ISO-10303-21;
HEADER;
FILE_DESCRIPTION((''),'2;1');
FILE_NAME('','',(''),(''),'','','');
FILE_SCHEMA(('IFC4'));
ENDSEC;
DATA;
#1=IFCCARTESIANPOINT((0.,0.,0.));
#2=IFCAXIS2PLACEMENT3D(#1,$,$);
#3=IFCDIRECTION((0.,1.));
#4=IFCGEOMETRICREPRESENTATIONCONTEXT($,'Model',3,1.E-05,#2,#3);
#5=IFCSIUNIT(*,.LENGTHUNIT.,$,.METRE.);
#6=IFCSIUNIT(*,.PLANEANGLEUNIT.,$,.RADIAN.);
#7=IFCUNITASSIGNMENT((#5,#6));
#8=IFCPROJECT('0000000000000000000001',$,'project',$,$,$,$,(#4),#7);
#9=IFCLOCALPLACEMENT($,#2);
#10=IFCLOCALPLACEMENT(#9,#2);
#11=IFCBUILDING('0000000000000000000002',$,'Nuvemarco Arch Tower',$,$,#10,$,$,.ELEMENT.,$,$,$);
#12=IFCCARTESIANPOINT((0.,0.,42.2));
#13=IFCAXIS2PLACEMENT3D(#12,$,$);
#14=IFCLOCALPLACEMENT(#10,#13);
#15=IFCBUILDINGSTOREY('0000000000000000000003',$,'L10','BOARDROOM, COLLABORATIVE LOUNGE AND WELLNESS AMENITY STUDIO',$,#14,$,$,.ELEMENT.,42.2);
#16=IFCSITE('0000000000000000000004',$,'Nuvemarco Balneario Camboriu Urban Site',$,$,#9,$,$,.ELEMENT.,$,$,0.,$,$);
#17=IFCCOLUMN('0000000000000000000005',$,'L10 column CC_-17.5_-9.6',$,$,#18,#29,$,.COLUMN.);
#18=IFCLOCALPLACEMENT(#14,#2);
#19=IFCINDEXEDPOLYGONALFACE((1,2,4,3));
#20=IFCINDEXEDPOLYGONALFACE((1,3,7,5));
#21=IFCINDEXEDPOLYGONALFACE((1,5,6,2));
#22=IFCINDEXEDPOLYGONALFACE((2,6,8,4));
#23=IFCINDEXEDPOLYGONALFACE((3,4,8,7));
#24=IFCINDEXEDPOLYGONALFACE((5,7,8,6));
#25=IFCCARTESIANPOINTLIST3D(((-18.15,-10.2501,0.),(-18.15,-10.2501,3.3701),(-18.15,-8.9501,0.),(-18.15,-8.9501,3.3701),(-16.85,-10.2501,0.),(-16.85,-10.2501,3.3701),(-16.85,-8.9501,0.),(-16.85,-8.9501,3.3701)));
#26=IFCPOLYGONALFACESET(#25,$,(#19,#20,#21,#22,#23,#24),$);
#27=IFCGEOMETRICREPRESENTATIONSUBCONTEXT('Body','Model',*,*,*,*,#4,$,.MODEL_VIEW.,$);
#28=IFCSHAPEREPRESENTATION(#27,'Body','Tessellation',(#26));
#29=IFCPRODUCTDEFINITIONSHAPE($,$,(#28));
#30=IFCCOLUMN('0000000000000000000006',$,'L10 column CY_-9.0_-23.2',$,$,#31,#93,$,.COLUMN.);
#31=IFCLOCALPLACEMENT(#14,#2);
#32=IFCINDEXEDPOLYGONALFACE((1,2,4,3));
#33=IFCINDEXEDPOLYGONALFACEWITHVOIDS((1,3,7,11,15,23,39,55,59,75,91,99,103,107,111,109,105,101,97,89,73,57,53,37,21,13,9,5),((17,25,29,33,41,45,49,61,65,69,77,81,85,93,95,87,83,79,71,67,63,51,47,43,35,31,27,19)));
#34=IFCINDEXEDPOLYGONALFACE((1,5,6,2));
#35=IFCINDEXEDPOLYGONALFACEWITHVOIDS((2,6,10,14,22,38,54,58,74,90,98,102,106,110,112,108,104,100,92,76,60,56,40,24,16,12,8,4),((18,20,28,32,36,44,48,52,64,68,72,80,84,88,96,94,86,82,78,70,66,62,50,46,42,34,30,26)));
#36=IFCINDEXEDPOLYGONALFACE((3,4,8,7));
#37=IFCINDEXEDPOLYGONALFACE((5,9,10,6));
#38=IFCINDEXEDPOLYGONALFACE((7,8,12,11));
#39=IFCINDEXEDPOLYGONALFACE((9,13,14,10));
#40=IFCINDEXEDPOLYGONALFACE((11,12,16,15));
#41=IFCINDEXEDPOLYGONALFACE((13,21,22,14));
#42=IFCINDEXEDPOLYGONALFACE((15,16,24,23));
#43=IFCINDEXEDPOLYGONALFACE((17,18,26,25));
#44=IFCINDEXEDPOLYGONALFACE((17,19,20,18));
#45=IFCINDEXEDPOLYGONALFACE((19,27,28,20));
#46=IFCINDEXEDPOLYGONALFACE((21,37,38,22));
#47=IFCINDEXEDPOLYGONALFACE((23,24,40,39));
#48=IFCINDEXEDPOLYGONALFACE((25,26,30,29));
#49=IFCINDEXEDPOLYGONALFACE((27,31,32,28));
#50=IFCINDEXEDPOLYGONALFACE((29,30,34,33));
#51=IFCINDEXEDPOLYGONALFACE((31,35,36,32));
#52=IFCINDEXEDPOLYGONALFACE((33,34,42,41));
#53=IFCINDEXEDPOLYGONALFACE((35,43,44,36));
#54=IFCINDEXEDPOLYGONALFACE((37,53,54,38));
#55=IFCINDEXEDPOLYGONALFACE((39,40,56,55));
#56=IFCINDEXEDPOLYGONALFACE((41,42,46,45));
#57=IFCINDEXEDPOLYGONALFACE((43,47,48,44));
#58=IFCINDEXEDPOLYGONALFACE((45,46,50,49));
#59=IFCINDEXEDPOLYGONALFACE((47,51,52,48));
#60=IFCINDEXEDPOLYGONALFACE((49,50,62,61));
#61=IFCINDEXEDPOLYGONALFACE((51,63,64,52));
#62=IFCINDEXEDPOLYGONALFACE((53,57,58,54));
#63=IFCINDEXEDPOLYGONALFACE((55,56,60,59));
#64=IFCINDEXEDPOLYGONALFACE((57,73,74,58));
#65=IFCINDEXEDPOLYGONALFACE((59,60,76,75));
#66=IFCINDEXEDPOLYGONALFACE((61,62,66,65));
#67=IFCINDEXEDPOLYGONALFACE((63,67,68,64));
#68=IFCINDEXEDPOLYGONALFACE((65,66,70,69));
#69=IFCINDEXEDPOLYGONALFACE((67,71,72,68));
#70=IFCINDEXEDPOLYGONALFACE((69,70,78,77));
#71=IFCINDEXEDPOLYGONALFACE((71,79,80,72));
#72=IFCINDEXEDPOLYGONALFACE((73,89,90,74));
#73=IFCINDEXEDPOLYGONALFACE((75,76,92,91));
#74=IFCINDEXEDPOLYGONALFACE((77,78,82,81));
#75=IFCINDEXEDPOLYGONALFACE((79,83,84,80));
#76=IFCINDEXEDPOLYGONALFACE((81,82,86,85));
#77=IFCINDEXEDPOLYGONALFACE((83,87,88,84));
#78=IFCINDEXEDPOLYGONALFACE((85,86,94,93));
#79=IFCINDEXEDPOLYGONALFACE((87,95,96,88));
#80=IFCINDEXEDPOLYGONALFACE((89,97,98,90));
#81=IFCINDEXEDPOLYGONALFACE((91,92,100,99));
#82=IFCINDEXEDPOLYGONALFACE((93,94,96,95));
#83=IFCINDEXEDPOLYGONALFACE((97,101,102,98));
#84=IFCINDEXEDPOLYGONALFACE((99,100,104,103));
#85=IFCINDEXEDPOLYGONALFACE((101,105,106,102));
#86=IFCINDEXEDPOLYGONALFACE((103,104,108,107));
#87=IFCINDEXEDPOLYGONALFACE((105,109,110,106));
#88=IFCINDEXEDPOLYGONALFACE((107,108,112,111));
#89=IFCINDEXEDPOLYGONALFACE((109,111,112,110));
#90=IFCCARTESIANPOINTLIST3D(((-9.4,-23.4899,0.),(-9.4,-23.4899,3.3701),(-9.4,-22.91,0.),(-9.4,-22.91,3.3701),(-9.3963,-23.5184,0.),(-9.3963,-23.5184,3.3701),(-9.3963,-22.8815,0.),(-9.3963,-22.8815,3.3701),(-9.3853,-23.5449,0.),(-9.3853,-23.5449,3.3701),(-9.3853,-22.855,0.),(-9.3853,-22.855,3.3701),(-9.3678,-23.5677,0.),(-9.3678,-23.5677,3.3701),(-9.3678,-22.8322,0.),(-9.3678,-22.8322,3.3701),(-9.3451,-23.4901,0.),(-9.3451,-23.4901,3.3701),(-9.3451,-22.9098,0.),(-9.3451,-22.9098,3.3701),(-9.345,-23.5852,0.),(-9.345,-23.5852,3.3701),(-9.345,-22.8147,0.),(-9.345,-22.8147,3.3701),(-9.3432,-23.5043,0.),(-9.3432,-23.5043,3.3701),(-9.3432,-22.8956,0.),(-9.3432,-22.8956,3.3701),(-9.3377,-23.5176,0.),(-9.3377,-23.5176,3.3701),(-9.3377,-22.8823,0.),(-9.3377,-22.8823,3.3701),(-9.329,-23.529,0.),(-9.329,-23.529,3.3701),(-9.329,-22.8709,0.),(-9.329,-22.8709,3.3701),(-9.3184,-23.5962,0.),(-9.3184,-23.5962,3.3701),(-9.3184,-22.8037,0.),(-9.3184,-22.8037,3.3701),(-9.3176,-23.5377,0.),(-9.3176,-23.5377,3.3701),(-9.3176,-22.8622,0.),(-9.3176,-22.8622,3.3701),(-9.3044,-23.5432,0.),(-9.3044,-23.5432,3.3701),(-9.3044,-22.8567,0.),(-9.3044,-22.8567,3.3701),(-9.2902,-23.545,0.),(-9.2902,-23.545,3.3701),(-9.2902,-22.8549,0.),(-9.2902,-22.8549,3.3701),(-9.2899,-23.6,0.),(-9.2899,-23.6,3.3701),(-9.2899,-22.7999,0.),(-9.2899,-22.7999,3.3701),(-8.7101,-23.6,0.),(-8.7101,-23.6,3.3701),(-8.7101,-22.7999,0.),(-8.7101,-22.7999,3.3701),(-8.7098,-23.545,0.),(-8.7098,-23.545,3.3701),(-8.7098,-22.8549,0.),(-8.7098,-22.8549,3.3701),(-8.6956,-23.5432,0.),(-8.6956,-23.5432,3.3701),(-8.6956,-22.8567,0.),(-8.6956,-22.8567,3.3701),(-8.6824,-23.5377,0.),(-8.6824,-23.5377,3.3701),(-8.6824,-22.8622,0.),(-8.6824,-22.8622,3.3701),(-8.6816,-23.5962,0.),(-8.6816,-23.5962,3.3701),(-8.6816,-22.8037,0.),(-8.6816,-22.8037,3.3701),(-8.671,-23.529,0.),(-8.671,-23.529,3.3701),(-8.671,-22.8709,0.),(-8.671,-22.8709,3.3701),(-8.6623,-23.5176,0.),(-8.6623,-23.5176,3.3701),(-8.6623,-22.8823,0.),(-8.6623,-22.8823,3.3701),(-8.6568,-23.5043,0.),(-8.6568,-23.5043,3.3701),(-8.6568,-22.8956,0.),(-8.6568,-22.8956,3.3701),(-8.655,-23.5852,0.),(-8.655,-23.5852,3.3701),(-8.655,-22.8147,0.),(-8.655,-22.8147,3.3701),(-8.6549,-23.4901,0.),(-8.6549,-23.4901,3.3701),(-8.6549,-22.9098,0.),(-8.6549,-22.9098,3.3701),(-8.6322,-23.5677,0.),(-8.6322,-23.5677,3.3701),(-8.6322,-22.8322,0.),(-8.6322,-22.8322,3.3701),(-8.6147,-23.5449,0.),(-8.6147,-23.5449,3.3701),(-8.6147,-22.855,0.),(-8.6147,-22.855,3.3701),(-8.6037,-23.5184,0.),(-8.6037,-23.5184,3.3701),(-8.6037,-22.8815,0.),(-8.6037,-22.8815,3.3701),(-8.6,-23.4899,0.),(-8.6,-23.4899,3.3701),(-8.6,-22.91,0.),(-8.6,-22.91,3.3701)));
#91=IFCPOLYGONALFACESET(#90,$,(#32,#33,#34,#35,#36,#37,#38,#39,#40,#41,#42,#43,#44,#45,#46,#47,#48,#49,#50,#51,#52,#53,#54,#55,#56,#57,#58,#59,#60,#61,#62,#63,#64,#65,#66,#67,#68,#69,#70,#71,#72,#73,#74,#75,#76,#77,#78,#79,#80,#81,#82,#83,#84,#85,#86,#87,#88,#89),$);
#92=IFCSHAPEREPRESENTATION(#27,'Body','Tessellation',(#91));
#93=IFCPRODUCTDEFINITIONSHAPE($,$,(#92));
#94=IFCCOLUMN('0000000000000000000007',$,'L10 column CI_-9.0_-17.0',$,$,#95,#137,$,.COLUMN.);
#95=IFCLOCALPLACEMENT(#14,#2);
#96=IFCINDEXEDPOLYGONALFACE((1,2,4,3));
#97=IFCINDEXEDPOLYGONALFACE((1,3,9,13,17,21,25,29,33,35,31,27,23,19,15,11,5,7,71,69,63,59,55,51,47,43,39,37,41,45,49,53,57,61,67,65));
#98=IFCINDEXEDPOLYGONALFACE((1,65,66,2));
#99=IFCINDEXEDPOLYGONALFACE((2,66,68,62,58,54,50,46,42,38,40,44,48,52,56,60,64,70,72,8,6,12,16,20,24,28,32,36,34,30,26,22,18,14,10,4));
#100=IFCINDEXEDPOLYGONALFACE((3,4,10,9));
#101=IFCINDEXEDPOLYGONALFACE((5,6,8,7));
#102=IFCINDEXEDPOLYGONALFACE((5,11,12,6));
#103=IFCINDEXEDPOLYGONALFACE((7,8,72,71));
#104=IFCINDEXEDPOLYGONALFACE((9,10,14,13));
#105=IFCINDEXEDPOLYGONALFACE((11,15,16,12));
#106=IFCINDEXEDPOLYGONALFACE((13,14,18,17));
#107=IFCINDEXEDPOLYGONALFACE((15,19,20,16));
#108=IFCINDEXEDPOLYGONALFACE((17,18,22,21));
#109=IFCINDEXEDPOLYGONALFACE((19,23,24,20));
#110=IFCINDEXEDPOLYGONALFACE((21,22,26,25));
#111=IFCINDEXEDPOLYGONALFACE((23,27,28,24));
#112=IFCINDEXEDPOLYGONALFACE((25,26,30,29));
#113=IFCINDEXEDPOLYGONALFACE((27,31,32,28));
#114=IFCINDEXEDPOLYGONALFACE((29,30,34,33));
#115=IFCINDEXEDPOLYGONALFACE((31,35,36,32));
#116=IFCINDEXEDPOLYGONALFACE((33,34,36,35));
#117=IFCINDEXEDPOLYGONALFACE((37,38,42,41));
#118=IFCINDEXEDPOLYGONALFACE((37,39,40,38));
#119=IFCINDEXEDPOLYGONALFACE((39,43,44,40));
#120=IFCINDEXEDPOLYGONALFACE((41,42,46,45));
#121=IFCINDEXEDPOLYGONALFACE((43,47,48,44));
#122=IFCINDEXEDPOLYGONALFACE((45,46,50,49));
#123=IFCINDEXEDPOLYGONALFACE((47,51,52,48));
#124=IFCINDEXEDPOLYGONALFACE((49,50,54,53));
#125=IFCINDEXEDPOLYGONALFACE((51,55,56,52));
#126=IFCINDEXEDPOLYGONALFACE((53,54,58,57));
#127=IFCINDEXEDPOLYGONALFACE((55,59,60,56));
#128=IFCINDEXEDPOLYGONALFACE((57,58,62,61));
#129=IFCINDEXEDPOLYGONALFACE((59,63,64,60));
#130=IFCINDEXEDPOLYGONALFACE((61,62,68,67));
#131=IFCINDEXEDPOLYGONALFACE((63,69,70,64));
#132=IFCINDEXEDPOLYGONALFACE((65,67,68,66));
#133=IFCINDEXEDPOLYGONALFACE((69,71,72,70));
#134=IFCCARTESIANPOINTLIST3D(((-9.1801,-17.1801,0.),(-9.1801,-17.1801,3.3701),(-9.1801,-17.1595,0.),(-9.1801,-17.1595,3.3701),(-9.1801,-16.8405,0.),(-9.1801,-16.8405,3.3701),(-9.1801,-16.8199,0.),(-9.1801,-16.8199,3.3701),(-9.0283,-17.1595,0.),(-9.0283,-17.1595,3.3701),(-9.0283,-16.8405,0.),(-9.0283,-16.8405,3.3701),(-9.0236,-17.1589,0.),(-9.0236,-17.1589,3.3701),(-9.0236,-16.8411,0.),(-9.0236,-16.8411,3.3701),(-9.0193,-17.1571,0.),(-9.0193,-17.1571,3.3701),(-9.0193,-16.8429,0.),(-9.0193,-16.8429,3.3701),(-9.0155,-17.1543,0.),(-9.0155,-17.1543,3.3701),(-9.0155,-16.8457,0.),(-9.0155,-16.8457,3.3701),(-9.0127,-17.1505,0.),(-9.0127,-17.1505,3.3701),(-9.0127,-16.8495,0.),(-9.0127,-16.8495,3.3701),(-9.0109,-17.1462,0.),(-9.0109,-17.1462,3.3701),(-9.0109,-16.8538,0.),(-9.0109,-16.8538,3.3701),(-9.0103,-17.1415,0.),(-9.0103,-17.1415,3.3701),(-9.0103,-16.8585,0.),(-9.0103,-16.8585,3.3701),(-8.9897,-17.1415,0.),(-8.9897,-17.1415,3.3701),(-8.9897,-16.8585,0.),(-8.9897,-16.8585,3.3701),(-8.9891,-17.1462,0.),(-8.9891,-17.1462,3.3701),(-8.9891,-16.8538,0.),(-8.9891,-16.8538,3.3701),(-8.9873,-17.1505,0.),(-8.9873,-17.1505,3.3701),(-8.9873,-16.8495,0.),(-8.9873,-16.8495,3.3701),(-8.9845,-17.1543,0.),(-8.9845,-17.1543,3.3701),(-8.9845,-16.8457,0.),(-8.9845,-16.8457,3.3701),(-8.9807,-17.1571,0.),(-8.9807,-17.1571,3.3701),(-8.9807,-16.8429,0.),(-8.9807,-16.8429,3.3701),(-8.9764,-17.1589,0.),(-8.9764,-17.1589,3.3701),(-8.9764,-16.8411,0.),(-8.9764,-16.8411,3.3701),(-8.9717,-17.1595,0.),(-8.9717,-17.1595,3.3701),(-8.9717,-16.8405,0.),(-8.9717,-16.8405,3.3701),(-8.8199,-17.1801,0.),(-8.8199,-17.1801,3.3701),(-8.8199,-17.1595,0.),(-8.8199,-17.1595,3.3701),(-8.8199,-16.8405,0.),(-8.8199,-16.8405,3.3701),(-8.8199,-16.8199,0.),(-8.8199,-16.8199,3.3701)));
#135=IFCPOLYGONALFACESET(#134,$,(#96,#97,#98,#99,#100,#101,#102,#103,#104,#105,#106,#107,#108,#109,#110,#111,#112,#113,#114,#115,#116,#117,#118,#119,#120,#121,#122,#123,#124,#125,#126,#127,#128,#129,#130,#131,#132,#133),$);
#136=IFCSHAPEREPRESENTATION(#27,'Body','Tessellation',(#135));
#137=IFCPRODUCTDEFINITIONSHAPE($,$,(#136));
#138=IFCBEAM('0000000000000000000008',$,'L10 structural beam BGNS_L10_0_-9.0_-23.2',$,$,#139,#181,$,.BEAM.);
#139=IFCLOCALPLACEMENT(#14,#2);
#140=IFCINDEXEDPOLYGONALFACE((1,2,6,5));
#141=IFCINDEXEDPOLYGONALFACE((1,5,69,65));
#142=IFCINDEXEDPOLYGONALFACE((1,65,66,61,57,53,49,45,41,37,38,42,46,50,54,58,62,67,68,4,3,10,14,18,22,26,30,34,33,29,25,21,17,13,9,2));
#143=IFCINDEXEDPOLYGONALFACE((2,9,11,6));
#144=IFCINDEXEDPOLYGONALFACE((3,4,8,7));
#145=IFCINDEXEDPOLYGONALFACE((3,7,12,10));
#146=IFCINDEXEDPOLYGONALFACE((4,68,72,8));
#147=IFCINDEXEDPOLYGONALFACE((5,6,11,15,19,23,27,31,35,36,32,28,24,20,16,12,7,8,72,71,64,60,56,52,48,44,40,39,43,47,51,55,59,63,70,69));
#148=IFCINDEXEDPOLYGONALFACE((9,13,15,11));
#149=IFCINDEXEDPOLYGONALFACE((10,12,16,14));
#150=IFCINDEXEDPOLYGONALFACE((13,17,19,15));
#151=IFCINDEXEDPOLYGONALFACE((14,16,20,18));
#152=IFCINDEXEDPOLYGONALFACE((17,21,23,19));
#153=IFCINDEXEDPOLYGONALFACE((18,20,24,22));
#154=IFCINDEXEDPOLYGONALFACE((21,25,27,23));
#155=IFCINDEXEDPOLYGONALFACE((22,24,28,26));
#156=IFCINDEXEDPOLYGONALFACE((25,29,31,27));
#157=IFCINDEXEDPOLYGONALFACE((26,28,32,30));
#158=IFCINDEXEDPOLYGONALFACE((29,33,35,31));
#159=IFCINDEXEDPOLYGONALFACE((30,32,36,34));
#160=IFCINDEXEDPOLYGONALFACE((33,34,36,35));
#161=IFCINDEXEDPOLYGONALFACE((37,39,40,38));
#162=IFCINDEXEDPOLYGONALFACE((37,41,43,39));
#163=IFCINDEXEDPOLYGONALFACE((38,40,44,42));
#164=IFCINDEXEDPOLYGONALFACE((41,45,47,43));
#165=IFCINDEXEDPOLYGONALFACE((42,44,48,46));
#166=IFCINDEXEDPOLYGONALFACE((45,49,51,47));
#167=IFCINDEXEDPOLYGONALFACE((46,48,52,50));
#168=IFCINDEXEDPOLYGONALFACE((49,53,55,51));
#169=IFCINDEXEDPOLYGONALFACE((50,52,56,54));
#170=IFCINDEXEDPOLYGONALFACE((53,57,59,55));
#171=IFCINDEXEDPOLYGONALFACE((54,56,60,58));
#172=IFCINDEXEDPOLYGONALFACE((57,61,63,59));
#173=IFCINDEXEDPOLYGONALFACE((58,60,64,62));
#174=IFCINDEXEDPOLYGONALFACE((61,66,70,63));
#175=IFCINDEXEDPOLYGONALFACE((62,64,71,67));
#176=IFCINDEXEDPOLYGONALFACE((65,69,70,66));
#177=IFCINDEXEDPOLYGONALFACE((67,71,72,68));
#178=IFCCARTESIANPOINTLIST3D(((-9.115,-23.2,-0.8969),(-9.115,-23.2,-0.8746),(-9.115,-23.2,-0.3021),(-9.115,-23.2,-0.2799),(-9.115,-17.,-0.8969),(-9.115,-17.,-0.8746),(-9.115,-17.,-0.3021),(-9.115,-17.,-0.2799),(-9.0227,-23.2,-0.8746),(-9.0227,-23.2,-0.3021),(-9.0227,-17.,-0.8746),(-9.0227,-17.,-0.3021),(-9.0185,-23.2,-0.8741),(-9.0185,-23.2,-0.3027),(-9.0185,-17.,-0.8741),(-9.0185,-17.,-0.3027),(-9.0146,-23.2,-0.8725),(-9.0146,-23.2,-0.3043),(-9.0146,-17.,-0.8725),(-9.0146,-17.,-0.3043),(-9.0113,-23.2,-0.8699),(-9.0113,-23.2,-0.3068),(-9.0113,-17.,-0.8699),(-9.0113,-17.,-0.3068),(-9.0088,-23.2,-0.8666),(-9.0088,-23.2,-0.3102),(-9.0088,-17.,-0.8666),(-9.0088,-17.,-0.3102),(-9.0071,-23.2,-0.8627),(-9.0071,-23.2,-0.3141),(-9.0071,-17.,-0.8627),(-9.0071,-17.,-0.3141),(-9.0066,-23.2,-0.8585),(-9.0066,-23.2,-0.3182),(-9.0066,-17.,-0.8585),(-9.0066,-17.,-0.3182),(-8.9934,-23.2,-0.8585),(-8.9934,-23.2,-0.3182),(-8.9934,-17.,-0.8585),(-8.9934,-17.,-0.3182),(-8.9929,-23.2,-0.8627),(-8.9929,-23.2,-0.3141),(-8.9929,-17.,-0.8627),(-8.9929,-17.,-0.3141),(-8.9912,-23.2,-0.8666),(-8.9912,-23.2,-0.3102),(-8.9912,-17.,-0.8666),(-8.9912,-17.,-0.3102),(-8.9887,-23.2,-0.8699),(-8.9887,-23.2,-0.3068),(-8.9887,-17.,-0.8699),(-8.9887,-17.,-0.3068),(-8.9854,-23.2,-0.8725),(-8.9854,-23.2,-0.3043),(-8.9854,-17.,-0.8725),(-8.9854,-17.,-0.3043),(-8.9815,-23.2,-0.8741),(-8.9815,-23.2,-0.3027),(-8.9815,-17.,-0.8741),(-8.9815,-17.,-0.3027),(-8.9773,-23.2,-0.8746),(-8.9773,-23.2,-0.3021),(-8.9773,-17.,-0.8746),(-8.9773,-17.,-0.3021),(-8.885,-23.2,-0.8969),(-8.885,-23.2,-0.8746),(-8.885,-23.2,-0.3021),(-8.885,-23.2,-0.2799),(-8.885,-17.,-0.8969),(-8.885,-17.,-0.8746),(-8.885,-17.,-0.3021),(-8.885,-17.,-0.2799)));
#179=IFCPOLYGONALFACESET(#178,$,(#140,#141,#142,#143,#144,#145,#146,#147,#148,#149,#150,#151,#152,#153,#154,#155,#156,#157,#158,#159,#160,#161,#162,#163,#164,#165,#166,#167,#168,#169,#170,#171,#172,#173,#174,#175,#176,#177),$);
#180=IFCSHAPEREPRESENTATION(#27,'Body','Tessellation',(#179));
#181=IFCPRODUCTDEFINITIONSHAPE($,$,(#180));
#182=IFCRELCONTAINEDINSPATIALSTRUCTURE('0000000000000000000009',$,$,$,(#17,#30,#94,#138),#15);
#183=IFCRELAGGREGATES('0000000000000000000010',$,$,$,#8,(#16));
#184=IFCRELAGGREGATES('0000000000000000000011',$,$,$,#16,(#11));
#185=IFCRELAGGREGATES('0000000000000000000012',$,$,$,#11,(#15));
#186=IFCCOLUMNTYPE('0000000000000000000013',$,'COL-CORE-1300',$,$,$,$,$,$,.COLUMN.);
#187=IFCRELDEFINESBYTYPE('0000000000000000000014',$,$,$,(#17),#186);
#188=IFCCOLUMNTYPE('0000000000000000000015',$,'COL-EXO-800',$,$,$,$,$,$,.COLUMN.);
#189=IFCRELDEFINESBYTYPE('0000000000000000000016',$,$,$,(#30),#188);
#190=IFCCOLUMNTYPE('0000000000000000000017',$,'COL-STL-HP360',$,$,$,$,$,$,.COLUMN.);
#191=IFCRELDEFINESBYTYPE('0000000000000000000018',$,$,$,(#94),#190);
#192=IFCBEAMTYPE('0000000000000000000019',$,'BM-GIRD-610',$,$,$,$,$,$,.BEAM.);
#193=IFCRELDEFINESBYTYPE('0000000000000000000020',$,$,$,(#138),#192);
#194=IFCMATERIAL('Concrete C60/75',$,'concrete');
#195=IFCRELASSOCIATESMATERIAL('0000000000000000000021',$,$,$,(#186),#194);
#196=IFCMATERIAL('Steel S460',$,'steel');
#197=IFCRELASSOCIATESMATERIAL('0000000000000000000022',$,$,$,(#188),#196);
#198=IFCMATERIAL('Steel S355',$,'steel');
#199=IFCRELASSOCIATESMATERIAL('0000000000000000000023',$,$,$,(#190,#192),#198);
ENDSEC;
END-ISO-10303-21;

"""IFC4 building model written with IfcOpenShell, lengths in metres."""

from ifc_helpers import new_model, si_unit, direction, frame, origin, origin_2d, place, context, subcontext, project, spatial, rectangle, hollow_rectangle, i_section, extrude, material, material_profile, profile_set, type_object, element, save


model = new_model("IFC4")

# Units and contexts
model_context = context("Model", 3, precision=1e-05, world=origin(), true_north=direction((0.0, 1.0)))
body_context = subcontext(model_context, "Body", "Model", "MODEL_VIEW")
ifc_project = project(units=[si_unit("LENGTHUNIT", "METRE"), si_unit("PLANEANGLEUNIT", "RADIAN")], contexts=[model_context])

# Site, building, storey
site_placement = place(None, origin())
site = spatial("IfcSite", under=ifc_project, at=site_placement, Name="Nuvemarco Balneario Camboriu Urban Site", CompositionType="ELEMENT", RefElevation=0.0)
building_placement = place(site_placement, origin())
building = spatial("IfcBuilding", under=site, at=building_placement, Name="Nuvemarco Arch Tower", CompositionType="ELEMENT")
storey_placement = place(building_placement, frame((0.0, 0.0, 42.2)))
storey = spatial("IfcBuildingStorey", under=building, at=storey_placement, Name="L10", Description="BOARDROOM, COLLABORATIVE LOUNGE AND WELLNESS AMENITY STUDIO", CompositionType="ELEMENT", Elevation=42.2)

# Columns
ifc_material_1 = material(Name="Concrete C60/75", Category="concrete")
ifc_material_profile_1 = material_profile(ifc_material_1, rectangle(XDim=1.3, YDim=1.3, at=origin_2d()), Name="RC-COL-1300x1300")
ifc_profile_set_1 = profile_set([ifc_material_profile_1], Name="Concrete C60/75")
column_type_1 = type_object("IfcColumnType", Name="COL-CORE-1300", PredefinedType="COLUMN", material=ifc_profile_set_1)
column_1_placement = place(storey_placement, frame((-17.5, -9.6001, 0.0), z_axis=(0.0, 0.0, 1.0), x_axis=(1.0, 0.0, 0.0)))
element("IfcColumn", 1, at=column_1_placement, inside=storey, type_object=column_type_1, Name="L10 column CC_-17.5_-9.6", PredefinedType="COLUMN", context=body_context, shape_type="SweptSolid", body=[
    extrude(rectangle(XDim=1.3, YDim=1.3, at=origin_2d()), origin(), (0.0, 0.0, 1.0), 3.3701),
])
ifc_material_2 = material(Name="Steel S460", Category="steel")
ifc_material_profile_2 = material_profile(ifc_material_2, hollow_rectangle(XDim=0.8, YDim=0.8, WallThickness=0.0549, InnerFilletRadius=0.0549, OuterFilletRadius=0.1101, at=origin_2d()), Name="SHS800x800x55")
ifc_profile_set_2 = profile_set([ifc_material_profile_2], Name="Steel S460")
column_type_2 = type_object("IfcColumnType", Name="COL-EXO-800", PredefinedType="COLUMN", material=ifc_profile_set_2)
column_2_placement = place(storey_placement, frame((-9.0, -23.2, 0.0), z_axis=(0.0, 0.0, 1.0), x_axis=(1.0, 0.0, 0.0)))
element("IfcColumn", 2, at=column_2_placement, inside=storey, type_object=column_type_2, Name="L10 column CY_-9.0_-23.2", PredefinedType="COLUMN", context=body_context, shape_type="SweptSolid", body=[
    extrude(hollow_rectangle(XDim=0.8, YDim=0.8, WallThickness=0.0549, InnerFilletRadius=0.0549, OuterFilletRadius=0.1101, at=origin_2d()), origin(), (0.0, 0.0, 1.0), 3.3701),
])
ifc_material_3 = material(Name="Steel S355", Category="steel")
ifc_material_profile_3 = material_profile(ifc_material_3, i_section(OverallWidth=0.3601, OverallDepth=0.3601, WebThickness=0.0205, FlangeThickness=0.0205, FilletRadius=0.0181, at=origin_2d()), Name="HP360x174")
ifc_profile_set_3 = profile_set([ifc_material_profile_3], Name="Steel S355")
column_type_3 = type_object("IfcColumnType", Name="COL-STL-HP360", PredefinedType="COLUMN", material=ifc_profile_set_3)
column_3_placement = place(storey_placement, frame((-9.0, -17.0, 0.0), z_axis=(0.0, 0.0, 1.0), x_axis=(1.0, 0.0, 0.0)))
element("IfcColumn", 3, at=column_3_placement, inside=storey, type_object=column_type_3, Name="L10 column CI_-9.0_-17.0", PredefinedType="COLUMN", context=body_context, shape_type="SweptSolid", body=[
    extrude(i_section(OverallWidth=0.3601, OverallDepth=0.3601, WebThickness=0.0205, FlangeThickness=0.0205, FilletRadius=0.0181, at=origin_2d()), origin(), (0.0, 0.0, 1.0), 3.3701),
])

# Beam
ifc_material_profile_4 = material_profile(ifc_material_3, i_section(OverallWidth=0.23, OverallDepth=0.6169, WebThickness=0.0132, FlangeThickness=0.0222, FilletRadius=0.0161, at=origin_2d()), Name="W610x140")
ifc_profile_set_4 = profile_set([ifc_material_profile_4], Name="Steel S355")
beam_type_1 = type_object("IfcBeamType", Name="BM-GIRD-610", PredefinedType="BEAM", material=ifc_profile_set_4)
beam_1_placement = place(storey_placement, frame((-9.0, -23.2, -0.5884), z_axis=(0.0, 1.0, 0.0), x_axis=(-1.0, 0.0, 0.0)))
element("IfcBeam", 4, at=beam_1_placement, inside=storey, type_object=beam_type_1, Name="L10 structural beam BGNS_L10_0_-9.0_-23.2", PredefinedType="BEAM", context=body_context, shape_type="SweptSolid", body=[
    extrude(i_section(OverallWidth=0.23, OverallDepth=0.6169, WebThickness=0.0132, FlangeThickness=0.0222, FilletRadius=0.0161, at=origin_2d()), origin(), (0.0, 0.0, 1.0), 6.2),
])

save(model, "model.ifc")
